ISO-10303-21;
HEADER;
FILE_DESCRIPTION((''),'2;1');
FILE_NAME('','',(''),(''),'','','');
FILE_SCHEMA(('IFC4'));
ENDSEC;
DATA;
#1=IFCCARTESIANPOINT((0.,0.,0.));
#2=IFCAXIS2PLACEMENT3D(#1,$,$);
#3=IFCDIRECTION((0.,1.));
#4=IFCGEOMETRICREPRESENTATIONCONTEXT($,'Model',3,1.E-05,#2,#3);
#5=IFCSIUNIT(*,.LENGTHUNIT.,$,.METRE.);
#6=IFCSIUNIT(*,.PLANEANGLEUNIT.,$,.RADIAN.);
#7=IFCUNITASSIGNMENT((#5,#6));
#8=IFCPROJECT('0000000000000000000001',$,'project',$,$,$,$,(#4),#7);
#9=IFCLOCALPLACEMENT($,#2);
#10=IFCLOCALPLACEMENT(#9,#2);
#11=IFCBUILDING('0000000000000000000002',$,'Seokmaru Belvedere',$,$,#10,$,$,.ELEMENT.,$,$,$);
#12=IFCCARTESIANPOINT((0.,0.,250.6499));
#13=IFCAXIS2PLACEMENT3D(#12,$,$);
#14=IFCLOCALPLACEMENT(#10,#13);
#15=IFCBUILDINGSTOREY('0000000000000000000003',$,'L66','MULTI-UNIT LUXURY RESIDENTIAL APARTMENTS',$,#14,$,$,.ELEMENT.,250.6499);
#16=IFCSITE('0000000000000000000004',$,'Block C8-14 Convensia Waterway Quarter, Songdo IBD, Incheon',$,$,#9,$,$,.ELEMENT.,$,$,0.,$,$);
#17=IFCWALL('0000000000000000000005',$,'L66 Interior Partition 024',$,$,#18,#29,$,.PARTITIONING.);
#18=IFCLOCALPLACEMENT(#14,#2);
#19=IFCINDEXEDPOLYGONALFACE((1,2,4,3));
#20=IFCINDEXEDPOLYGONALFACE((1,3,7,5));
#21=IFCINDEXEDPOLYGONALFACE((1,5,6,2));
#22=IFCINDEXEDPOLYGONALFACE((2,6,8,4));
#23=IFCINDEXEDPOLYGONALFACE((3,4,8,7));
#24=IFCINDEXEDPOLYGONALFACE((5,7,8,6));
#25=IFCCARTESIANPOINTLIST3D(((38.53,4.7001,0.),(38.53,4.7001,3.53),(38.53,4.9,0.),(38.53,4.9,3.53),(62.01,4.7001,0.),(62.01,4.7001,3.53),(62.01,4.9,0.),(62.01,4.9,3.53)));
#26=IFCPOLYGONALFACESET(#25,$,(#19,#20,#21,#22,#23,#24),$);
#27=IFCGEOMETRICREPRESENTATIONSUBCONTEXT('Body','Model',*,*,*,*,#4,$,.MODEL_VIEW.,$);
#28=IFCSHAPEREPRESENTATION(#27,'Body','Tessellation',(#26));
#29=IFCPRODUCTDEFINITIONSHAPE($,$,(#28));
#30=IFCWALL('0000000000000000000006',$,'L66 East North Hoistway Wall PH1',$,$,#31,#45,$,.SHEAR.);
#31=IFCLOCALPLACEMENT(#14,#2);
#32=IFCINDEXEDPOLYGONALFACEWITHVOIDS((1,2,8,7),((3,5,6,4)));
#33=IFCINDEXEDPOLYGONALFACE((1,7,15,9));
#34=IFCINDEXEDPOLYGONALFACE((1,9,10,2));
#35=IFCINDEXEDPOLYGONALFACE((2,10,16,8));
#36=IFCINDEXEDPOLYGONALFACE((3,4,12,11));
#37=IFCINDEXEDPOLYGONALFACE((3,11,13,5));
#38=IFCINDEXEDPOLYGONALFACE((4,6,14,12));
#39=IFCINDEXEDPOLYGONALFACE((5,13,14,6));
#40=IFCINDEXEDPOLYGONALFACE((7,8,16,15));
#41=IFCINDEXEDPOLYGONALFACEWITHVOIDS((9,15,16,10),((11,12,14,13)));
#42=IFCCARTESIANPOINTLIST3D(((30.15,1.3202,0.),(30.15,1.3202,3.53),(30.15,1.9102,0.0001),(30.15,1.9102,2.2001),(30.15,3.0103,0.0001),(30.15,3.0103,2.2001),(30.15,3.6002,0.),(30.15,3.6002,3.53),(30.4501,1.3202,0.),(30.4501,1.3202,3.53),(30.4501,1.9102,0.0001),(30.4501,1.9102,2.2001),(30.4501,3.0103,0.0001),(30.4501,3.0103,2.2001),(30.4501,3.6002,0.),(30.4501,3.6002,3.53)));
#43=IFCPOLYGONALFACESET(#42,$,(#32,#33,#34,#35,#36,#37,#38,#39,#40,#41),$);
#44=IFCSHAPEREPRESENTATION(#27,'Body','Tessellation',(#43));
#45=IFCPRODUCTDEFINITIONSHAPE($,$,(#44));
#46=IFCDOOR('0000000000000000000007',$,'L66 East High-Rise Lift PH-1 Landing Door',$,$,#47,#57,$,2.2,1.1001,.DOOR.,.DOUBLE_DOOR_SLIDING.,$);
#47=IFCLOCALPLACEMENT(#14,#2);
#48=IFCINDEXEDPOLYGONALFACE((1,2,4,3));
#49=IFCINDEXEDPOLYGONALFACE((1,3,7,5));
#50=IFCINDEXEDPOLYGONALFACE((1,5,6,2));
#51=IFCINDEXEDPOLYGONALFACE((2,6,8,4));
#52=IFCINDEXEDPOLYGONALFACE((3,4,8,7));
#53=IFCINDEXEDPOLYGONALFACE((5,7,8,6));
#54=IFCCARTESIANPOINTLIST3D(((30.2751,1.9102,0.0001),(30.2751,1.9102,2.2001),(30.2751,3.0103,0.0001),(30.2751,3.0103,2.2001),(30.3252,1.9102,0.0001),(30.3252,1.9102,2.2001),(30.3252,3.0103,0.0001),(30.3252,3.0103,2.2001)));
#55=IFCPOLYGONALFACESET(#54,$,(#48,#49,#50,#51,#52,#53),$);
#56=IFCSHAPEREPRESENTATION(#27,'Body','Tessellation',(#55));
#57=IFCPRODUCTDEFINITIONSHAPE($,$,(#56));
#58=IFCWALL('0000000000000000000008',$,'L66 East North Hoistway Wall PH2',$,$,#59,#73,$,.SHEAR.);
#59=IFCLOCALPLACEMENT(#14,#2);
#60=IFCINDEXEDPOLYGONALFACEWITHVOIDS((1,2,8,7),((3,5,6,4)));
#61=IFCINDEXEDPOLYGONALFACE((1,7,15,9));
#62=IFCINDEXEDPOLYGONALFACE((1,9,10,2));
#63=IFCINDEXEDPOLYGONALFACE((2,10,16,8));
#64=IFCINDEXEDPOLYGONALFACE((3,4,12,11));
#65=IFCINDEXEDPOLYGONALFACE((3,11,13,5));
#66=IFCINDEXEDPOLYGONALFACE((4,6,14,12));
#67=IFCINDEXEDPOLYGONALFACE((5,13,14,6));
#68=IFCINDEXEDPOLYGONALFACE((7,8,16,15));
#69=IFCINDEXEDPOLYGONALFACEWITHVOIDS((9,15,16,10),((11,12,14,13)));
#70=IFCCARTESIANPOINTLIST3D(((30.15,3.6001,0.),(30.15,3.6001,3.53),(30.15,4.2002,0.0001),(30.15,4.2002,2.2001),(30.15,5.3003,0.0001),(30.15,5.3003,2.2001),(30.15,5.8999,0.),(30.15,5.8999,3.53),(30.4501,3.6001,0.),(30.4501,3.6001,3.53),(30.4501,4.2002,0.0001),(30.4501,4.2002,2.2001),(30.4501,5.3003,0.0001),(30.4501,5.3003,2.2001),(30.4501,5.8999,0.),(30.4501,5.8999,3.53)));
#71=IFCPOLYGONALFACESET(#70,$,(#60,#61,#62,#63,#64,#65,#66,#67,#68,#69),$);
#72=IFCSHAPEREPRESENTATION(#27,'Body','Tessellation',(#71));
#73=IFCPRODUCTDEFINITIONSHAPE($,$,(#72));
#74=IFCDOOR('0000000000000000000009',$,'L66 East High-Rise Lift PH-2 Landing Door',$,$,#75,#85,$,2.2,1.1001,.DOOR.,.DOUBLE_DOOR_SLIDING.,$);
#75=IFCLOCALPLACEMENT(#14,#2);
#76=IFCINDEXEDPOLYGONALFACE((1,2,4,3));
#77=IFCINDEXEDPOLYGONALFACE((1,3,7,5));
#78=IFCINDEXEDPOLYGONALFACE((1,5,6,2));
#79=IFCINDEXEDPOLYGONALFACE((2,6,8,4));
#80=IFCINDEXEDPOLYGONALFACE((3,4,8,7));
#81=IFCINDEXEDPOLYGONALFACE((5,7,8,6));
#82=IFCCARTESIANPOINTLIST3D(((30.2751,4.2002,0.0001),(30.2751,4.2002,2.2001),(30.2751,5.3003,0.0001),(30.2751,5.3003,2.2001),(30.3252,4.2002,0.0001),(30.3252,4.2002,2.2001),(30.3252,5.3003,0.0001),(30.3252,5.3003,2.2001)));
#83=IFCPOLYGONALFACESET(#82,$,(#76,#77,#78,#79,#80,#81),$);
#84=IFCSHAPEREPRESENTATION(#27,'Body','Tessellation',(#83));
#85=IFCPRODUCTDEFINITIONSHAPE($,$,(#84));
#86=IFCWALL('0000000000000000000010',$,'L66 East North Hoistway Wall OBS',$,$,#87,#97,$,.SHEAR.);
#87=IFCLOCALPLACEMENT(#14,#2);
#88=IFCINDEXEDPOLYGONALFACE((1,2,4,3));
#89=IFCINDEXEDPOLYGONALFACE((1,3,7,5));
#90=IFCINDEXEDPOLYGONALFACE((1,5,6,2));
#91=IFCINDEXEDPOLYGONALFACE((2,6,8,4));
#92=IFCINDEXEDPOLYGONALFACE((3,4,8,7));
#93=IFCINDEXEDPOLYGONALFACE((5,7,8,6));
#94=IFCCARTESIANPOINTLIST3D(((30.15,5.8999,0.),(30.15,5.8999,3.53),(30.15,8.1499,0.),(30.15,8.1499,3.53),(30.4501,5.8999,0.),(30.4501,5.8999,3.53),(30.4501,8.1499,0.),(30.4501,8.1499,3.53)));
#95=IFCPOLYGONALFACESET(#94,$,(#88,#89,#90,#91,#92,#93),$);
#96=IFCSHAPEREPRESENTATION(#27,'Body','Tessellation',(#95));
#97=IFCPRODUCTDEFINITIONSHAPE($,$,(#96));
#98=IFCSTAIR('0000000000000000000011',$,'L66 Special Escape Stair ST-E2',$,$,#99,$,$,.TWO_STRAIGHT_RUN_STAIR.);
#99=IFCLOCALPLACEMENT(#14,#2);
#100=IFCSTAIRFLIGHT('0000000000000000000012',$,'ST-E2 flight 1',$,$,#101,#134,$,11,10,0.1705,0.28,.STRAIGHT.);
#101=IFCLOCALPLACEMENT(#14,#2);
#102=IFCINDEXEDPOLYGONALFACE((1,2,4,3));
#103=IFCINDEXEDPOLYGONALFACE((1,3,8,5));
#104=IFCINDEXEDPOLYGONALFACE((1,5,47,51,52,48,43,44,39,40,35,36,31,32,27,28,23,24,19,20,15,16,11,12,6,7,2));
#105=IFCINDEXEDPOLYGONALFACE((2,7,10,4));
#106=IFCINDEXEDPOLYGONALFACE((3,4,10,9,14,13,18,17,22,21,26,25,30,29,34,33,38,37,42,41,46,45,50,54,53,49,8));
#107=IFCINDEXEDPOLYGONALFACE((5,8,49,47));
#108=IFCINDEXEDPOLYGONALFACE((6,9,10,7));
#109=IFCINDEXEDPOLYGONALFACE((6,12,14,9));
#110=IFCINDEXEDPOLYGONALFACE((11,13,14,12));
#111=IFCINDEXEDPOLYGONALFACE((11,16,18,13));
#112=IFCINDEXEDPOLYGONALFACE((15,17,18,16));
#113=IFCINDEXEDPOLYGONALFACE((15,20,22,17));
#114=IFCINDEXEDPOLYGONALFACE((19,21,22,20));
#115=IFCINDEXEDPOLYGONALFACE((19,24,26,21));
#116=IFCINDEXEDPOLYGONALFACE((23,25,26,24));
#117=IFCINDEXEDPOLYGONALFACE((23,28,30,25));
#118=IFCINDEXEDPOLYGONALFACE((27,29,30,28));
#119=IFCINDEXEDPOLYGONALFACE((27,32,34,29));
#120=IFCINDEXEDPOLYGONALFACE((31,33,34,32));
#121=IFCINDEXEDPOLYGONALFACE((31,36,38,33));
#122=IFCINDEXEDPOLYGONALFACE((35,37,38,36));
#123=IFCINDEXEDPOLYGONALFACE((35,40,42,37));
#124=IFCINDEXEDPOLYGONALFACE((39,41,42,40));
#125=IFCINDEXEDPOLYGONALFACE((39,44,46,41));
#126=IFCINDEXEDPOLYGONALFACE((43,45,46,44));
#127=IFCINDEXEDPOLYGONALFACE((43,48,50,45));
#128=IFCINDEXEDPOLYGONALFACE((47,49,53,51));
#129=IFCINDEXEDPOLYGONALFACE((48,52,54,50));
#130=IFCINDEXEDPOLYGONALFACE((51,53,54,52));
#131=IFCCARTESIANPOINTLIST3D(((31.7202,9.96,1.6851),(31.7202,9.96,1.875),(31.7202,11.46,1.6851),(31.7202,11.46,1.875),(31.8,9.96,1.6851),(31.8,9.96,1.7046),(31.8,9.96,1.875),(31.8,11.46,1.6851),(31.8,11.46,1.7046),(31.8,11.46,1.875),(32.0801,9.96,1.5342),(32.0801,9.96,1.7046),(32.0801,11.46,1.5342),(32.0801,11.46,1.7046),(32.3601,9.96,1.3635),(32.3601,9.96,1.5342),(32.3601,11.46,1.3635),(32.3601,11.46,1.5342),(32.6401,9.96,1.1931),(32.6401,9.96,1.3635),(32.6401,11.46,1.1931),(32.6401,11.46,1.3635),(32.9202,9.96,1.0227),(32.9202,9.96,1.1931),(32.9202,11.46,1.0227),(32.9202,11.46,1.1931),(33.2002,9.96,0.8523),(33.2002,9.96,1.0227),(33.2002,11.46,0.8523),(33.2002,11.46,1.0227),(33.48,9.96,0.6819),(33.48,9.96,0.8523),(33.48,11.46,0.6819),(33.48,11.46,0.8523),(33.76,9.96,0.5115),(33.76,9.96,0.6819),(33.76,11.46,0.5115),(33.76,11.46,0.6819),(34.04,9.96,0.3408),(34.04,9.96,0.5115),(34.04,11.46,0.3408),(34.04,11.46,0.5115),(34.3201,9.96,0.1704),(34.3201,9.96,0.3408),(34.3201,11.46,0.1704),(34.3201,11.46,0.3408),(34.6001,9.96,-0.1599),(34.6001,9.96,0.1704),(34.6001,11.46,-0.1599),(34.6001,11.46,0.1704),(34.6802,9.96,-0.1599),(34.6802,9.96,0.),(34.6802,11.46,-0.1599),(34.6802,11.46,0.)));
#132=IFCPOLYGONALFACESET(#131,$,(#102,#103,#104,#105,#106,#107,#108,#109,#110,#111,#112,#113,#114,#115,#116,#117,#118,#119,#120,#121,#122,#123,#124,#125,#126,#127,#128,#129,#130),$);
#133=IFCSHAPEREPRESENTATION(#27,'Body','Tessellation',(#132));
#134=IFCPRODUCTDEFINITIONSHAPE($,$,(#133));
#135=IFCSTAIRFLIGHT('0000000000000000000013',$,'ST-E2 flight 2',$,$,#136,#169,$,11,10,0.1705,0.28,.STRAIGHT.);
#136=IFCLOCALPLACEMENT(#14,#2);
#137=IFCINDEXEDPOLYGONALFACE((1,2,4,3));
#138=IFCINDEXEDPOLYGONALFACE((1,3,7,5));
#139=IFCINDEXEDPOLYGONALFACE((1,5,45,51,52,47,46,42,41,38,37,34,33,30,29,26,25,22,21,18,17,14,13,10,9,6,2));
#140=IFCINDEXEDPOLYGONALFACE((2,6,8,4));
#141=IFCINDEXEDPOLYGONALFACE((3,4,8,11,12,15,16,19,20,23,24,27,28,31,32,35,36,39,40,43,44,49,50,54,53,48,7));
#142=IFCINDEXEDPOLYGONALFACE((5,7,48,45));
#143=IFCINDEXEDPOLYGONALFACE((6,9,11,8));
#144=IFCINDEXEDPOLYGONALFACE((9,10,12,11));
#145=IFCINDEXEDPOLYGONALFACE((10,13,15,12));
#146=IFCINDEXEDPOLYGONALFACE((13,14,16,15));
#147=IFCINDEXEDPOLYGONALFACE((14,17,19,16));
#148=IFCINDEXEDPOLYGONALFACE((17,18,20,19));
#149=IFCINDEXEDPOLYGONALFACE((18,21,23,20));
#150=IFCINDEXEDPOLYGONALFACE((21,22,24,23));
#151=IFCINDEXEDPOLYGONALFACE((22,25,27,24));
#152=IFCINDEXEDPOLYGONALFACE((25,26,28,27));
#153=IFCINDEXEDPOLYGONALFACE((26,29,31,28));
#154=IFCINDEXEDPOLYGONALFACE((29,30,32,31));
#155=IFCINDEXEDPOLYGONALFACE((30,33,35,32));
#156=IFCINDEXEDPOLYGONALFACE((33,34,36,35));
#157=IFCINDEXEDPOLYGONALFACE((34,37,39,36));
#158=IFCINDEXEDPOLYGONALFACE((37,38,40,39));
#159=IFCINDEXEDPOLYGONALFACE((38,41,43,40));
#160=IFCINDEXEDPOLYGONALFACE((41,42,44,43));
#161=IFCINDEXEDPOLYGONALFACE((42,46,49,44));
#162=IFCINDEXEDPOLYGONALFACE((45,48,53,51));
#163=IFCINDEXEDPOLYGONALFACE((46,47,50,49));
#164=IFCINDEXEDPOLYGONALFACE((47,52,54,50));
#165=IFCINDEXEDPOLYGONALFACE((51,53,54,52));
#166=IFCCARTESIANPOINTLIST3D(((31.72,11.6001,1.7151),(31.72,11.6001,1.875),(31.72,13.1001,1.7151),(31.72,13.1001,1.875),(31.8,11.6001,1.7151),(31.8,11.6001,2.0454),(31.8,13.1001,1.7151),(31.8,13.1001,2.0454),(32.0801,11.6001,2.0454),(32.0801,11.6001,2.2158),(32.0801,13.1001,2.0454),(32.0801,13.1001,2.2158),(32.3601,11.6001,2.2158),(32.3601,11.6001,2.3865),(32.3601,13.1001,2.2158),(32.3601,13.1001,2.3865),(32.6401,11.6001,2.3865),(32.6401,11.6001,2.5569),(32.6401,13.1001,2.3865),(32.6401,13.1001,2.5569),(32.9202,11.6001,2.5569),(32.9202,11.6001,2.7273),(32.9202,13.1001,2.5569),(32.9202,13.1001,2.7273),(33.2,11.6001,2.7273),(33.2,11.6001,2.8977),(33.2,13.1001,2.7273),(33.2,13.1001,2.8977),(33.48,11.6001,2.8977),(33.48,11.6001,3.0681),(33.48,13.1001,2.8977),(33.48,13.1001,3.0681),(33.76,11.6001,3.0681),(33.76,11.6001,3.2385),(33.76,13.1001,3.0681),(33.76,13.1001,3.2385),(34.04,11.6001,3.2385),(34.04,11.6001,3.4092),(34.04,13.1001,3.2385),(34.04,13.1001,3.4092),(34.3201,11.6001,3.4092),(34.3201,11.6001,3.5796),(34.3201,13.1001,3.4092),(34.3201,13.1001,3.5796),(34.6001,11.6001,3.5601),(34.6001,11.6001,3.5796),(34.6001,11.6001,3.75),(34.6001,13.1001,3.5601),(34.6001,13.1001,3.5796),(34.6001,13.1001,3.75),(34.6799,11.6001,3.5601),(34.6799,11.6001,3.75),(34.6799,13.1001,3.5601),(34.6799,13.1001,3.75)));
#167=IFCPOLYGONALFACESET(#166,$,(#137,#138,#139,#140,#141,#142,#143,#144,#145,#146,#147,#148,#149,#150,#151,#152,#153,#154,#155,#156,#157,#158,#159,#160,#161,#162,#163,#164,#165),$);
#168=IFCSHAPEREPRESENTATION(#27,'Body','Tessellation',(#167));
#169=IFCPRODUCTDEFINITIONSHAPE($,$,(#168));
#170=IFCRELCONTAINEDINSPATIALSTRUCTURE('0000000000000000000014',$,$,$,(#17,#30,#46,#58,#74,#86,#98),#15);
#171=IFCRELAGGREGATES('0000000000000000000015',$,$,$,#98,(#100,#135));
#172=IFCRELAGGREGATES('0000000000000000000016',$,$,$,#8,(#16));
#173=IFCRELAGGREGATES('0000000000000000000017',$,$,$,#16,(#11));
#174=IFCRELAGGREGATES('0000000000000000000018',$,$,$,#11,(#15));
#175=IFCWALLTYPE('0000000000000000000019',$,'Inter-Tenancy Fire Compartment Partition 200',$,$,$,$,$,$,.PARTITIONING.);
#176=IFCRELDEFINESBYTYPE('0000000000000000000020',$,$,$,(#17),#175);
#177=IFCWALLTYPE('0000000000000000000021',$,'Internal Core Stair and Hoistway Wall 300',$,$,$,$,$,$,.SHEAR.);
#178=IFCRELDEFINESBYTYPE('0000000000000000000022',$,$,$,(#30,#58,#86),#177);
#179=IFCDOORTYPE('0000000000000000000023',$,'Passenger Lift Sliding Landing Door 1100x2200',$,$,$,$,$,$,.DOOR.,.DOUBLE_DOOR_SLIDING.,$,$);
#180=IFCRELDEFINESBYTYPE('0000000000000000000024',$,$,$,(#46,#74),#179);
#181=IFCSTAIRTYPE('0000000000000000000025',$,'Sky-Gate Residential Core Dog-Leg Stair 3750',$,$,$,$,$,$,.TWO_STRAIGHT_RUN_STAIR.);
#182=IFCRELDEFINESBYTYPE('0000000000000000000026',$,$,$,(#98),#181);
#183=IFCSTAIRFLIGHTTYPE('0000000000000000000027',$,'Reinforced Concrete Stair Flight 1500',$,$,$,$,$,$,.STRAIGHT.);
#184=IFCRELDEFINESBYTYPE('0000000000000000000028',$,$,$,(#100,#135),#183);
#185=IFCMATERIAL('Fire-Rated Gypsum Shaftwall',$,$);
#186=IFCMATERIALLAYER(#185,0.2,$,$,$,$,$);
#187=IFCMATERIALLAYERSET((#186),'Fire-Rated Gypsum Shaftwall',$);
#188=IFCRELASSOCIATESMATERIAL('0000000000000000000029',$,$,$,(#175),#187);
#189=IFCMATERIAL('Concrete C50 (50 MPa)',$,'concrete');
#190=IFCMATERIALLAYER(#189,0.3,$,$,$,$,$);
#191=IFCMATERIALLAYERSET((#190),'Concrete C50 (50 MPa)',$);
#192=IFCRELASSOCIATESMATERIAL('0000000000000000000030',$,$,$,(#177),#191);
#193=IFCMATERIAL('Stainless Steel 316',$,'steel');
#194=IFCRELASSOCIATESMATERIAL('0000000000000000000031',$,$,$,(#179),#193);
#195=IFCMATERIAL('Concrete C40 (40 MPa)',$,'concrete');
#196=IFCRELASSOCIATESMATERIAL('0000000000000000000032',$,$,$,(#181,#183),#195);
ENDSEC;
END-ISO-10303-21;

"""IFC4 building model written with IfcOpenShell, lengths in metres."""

from ifc_helpers import new_model, si_unit, direction, frame, frame_2d, origin, place, context, subcontext, project, spatial, polyline, rectangle, outline, extrude, source, transform, mapped, material, layer, layer_set, type_object, type_shapes, element, fill, aggregate, save


model = new_model("IFC4")

# Units and contexts
model_context = context("Model", 3, precision=1e-05, world=origin(), true_north=direction((0.0, 1.0)))
body_context = subcontext(model_context, "Body", "Model", "MODEL_VIEW")
ifc_project = project(units=[si_unit("LENGTHUNIT", "METRE"), si_unit("PLANEANGLEUNIT", "RADIAN")], contexts=[model_context])

# Site, building, storey
site_placement = place(None, origin())
site = spatial("IfcSite", under=ifc_project, at=site_placement, Name="Block C8-14 Convensia Waterway Quarter, Songdo IBD, Incheon", CompositionType="ELEMENT", RefElevation=0.0)
building_placement = place(site_placement, origin())
building = spatial("IfcBuilding", under=site, at=building_placement, Name="Seokmaru Belvedere", CompositionType="ELEMENT")
storey_placement = place(building_placement, frame((0.0, 0.0, 250.6499)))
storey = spatial("IfcBuildingStorey", under=building, at=storey_placement, Name="L66", Description="MULTI-UNIT LUXURY RESIDENTIAL APARTMENTS", CompositionType="ELEMENT", Elevation=250.6499)

# Shared definitions
ifc_material_1 = material(Name="Fire-Rated Gypsum Shaftwall")

# Wall
ifc_layer_1 = layer(ifc_material_1, 0.2)
ifc_layer_set_1 = layer_set([ifc_layer_1], Name="Fire-Rated Gypsum Shaftwall")
wall_type_1 = type_object("IfcWallType", Name="Inter-Tenancy Fire Compartment Partition 200", PredefinedType="PARTITIONING", material=ifc_layer_set_1)
wall_1_placement = place(storey_placement, frame((38.53, 4.8, 0.0), z_axis=(0.0, 0.0, 1.0), x_axis=(1.0, 0.0, 0.0)))
element("IfcWall", 1, at=wall_1_placement, inside=storey, type_object=wall_type_1, Name="L66 Interior Partition 024", PredefinedType="PARTITIONING", context=body_context, shape_type="SweptSolid", body=[
    extrude(rectangle(XDim=23.48, YDim=0.2, at=frame_2d((11.74, 0.0))), origin(), (0.0, 0.0, 1.0), 3.53),
])

# Walls, openings, doors
ifc_material_2 = material(Name="Concrete C50 (50 MPa)", Category="concrete")
ifc_layer_2 = layer(ifc_material_2, 0.3)
ifc_layer_set_2 = layer_set([ifc_layer_2], Name="Concrete C50 (50 MPa)")
wall_type_2 = type_object("IfcWallType", Name="Internal Core Stair and Hoistway Wall 300", PredefinedType="SHEAR", material=ifc_layer_set_2)
wall_2_placement = place(storey_placement, frame((30.3, 1.3201, 0.0), z_axis=(0.0, 0.0, 1.0), x_axis=(0.0, 1.0, 0.0)))
wall_2 = element("IfcWall", 2, at=wall_2_placement, inside=storey, type_object=wall_type_2, Name="L66 East North Hoistway Wall PH1", PredefinedType="SHEAR", context=body_context, shape_type="SweptSolid", body=[
    extrude(rectangle(XDim=2.28, YDim=0.3, at=frame_2d((1.1401, 0.0))), origin(), (0.0, 0.0, 1.0), 3.53),
])
opening_1_placement = place(wall_2_placement, frame((0.5901, 0.0, 0.0)))
opening_1 = element("IfcOpeningElement", 3, at=opening_1_placement, cuts=wall_2, PredefinedType="OPENING", context=body_context, shape_type="SweptSolid", body=[
    extrude(rectangle(XDim=1.1001, YDim=2.2, at=frame_2d((0.55, 1.1001))), frame((0.0, 0.1602, 0.0), z_axis=(0.0, -1.0, 0.0), x_axis=(1.0, 0.0, 0.0)), (0.0, 0.0, 1.0), 0.3201),
])
ifc_material_3 = material(Name="Stainless Steel 316", Category="steel")
door_type_1 = type_object("IfcDoorType", Name="Passenger Lift Sliding Landing Door 1100x2200", OperationType="DOUBLE_DOOR_SLIDING", PredefinedType="DOOR", material=ifc_material_3)
shared_shape_1 = source(origin(), body_context, "Body", "SweptSolid", [
    extrude(rectangle(XDim=1.1001, YDim=2.2, at=frame_2d((0.55, 1.1001))), frame((0.0, 0.0249, 0.0), z_axis=(0.0, -1.0, 0.0), x_axis=(1.0, 0.0, 0.0)), (0.0, 0.0, 1.0), 0.05),
])
type_shapes(door_type_1, [shared_shape_1])
door_1_placement = place(opening_1_placement, origin())
door_1 = element("IfcDoor", 4, at=door_1_placement, inside=storey, type_object=door_type_1, Name="L66 East High-Rise Lift PH-1 Landing Door", OperationType="DOUBLE_DOOR_SLIDING", OverallHeight=2.2, OverallWidth=1.1001, PredefinedType="DOOR", context=body_context, shape_type="MappedRepresentation", body=[
    mapped(shared_shape_1, transform((0.0, 0.0, 0.0), scale=1.0)),
])
fill(opening_1, door_1)
wall_3_placement = place(storey_placement, frame((30.3, 3.6001, 0.0), z_axis=(0.0, 0.0, 1.0), x_axis=(0.0, 1.0, 0.0)))
wall_3 = element("IfcWall", 5, at=wall_3_placement, inside=storey, type_object=wall_type_2, Name="L66 East North Hoistway Wall PH2", PredefinedType="SHEAR", context=body_context, shape_type="SweptSolid", body=[
    extrude(rectangle(XDim=2.2998, YDim=0.3, at=frame_2d((1.1499, 0.0))), origin(), (0.0, 0.0, 1.0), 3.53),
])
opening_2_placement = place(wall_3_placement, frame((0.6001, 0.0, 0.0)))
opening_2 = element("IfcOpeningElement", 6, at=opening_2_placement, cuts=wall_3, PredefinedType="OPENING", context=body_context, shape_type="SweptSolid", body=[
    extrude(rectangle(XDim=1.1001, YDim=2.2, at=frame_2d((0.55, 1.1001))), frame((0.0, 0.1602, 0.0), z_axis=(0.0, -1.0, 0.0), x_axis=(1.0, 0.0, 0.0)), (0.0, 0.0, 1.0), 0.3201),
])
door_2_placement = place(opening_2_placement, origin())
door_2 = element("IfcDoor", 7, at=door_2_placement, inside=storey, type_object=door_type_1, Name="L66 East High-Rise Lift PH-2 Landing Door", OperationType="DOUBLE_DOOR_SLIDING", OverallHeight=2.2, OverallWidth=1.1001, PredefinedType="DOOR", context=body_context, shape_type="MappedRepresentation", body=[
    mapped(shared_shape_1, transform((0.0, 0.0, 0.0), scale=1.0)),
])
fill(opening_2, door_2)

# Wall
wall_4_placement = place(storey_placement, frame((30.3, 5.8999, 0.0), z_axis=(0.0, 0.0, 1.0), x_axis=(0.0, 1.0, 0.0)))
element("IfcWall", 8, at=wall_4_placement, inside=storey, type_object=wall_type_2, Name="L66 East North Hoistway Wall OBS", PredefinedType="SHEAR", context=body_context, shape_type="SweptSolid", body=[
    extrude(rectangle(XDim=2.25, YDim=0.3, at=frame_2d((1.125, 0.0))), origin(), (0.0, 0.0, 1.0), 3.53),
])

# Stair, stair flights
ifc_material_4 = material(Name="Concrete C40 (40 MPa)", Category="concrete")
stair_type = type_object("IfcStairType", Name="Sky-Gate Residential Core Dog-Leg Stair 3750", PredefinedType="TWO_STRAIGHT_RUN_STAIR", material=ifc_material_4)
stair_placement = place(storey_placement, origin())
stair = element("IfcStair", 9, at=stair_placement, inside=storey, type_object=stair_type, Name="L66 Special Escape Stair ST-E2", PredefinedType="TWO_STRAIGHT_RUN_STAIR")
stair_flight_type = type_object("IfcStairFlightType", Name="Reinforced Concrete Stair Flight 1500", PredefinedType="STRAIGHT", material=ifc_material_4)
stair_flight_1_placement = place(storey_placement, frame((34.6001, 10.71, 0.0), z_axis=(0.0, 0.0, 1.0), x_axis=(-1.0, 0.0, 0.0)))
stair_flight_1 = element("IfcStairFlight", 10, at=stair_flight_1_placement, type_object=stair_flight_type, Name="ST-E2 flight 1", NumberOfRisers=11, NumberOfTreads=10, PredefinedType="STRAIGHT", RiserHeight=0.1705, TreadLength=0.28, context=body_context, shape_type="SweptSolid", body=[
    extrude(outline(polyline([(-0.0801, 0.0), (0.0, 0.1704), (0.28, 0.1704), (0.28, 0.3408), (0.5601, 0.3408), (0.5601, 0.5115), (0.8401, 0.5115), (0.8401, 0.6819), (1.1201, 0.6819), (1.1201, 0.8523), (1.3999, 0.8523), (1.3999, 1.0227), (1.6799, 1.0227), (1.6799, 1.1931), (1.96, 1.1931), (1.96, 1.3635), (2.24, 1.3635), (2.24, 1.5342), (2.52, 1.5342), (2.52, 1.7046), (2.8, 1.7046), (2.8, 1.875), (2.8799, 1.875), (2.8799, 1.6851), (2.8, 1.6851), (0.0, -0.1599), (-0.0801, -0.1599), (-0.0801, 0.0)])), frame((0.0, 0.75, 0.0), z_axis=(0.0, -1.0, 0.0), x_axis=(1.0, 0.0, 0.0)), (0.0, 0.0, 1.0), 1.5),
])
stair_flight_2_placement = place(storey_placement, frame((31.8, 12.3501, 1.875), z_axis=(0.0, 0.0, 1.0), x_axis=(1.0, 0.0, 0.0)))
stair_flight_2 = element("IfcStairFlight", 11, at=stair_flight_2_placement, type_object=stair_flight_type, Name="ST-E2 flight 2", NumberOfRisers=11, NumberOfTreads=10, PredefinedType="STRAIGHT", RiserHeight=0.1705, TreadLength=0.28, context=body_context, shape_type="SweptSolid", body=[
    extrude(outline(polyline([(-0.0801, 0.0), (0.0, 0.1704), (0.28, 0.1704), (0.28, 0.3408), (0.5601, 0.3408), (0.5601, 0.5115), (0.8401, 0.5115), (0.8401, 0.6819), (1.1201, 0.6819), (1.1201, 0.8523), (1.3999, 0.8523), (1.3999, 1.0227), (1.6799, 1.0227), (1.6799, 1.1931), (1.96, 1.1931), (1.96, 1.3635), (2.24, 1.3635), (2.24, 1.5342), (2.52, 1.5342), (2.52, 1.7046), (2.8, 1.7046), (2.8, 1.875), (2.8799, 1.875), (2.8799, 1.6851), (2.8, 1.6851), (0.0, -0.1599), (-0.0801, -0.1599), (-0.0801, 0.0)])), frame((0.0, 0.75, 0.0), z_axis=(0.0, -1.0, 0.0), x_axis=(1.0, 0.0, 0.0)), (0.0, 0.0, 1.0), 1.5),
])
aggregate(stair, [stair_flight_1, stair_flight_2])

save(model, "model.ifc")
